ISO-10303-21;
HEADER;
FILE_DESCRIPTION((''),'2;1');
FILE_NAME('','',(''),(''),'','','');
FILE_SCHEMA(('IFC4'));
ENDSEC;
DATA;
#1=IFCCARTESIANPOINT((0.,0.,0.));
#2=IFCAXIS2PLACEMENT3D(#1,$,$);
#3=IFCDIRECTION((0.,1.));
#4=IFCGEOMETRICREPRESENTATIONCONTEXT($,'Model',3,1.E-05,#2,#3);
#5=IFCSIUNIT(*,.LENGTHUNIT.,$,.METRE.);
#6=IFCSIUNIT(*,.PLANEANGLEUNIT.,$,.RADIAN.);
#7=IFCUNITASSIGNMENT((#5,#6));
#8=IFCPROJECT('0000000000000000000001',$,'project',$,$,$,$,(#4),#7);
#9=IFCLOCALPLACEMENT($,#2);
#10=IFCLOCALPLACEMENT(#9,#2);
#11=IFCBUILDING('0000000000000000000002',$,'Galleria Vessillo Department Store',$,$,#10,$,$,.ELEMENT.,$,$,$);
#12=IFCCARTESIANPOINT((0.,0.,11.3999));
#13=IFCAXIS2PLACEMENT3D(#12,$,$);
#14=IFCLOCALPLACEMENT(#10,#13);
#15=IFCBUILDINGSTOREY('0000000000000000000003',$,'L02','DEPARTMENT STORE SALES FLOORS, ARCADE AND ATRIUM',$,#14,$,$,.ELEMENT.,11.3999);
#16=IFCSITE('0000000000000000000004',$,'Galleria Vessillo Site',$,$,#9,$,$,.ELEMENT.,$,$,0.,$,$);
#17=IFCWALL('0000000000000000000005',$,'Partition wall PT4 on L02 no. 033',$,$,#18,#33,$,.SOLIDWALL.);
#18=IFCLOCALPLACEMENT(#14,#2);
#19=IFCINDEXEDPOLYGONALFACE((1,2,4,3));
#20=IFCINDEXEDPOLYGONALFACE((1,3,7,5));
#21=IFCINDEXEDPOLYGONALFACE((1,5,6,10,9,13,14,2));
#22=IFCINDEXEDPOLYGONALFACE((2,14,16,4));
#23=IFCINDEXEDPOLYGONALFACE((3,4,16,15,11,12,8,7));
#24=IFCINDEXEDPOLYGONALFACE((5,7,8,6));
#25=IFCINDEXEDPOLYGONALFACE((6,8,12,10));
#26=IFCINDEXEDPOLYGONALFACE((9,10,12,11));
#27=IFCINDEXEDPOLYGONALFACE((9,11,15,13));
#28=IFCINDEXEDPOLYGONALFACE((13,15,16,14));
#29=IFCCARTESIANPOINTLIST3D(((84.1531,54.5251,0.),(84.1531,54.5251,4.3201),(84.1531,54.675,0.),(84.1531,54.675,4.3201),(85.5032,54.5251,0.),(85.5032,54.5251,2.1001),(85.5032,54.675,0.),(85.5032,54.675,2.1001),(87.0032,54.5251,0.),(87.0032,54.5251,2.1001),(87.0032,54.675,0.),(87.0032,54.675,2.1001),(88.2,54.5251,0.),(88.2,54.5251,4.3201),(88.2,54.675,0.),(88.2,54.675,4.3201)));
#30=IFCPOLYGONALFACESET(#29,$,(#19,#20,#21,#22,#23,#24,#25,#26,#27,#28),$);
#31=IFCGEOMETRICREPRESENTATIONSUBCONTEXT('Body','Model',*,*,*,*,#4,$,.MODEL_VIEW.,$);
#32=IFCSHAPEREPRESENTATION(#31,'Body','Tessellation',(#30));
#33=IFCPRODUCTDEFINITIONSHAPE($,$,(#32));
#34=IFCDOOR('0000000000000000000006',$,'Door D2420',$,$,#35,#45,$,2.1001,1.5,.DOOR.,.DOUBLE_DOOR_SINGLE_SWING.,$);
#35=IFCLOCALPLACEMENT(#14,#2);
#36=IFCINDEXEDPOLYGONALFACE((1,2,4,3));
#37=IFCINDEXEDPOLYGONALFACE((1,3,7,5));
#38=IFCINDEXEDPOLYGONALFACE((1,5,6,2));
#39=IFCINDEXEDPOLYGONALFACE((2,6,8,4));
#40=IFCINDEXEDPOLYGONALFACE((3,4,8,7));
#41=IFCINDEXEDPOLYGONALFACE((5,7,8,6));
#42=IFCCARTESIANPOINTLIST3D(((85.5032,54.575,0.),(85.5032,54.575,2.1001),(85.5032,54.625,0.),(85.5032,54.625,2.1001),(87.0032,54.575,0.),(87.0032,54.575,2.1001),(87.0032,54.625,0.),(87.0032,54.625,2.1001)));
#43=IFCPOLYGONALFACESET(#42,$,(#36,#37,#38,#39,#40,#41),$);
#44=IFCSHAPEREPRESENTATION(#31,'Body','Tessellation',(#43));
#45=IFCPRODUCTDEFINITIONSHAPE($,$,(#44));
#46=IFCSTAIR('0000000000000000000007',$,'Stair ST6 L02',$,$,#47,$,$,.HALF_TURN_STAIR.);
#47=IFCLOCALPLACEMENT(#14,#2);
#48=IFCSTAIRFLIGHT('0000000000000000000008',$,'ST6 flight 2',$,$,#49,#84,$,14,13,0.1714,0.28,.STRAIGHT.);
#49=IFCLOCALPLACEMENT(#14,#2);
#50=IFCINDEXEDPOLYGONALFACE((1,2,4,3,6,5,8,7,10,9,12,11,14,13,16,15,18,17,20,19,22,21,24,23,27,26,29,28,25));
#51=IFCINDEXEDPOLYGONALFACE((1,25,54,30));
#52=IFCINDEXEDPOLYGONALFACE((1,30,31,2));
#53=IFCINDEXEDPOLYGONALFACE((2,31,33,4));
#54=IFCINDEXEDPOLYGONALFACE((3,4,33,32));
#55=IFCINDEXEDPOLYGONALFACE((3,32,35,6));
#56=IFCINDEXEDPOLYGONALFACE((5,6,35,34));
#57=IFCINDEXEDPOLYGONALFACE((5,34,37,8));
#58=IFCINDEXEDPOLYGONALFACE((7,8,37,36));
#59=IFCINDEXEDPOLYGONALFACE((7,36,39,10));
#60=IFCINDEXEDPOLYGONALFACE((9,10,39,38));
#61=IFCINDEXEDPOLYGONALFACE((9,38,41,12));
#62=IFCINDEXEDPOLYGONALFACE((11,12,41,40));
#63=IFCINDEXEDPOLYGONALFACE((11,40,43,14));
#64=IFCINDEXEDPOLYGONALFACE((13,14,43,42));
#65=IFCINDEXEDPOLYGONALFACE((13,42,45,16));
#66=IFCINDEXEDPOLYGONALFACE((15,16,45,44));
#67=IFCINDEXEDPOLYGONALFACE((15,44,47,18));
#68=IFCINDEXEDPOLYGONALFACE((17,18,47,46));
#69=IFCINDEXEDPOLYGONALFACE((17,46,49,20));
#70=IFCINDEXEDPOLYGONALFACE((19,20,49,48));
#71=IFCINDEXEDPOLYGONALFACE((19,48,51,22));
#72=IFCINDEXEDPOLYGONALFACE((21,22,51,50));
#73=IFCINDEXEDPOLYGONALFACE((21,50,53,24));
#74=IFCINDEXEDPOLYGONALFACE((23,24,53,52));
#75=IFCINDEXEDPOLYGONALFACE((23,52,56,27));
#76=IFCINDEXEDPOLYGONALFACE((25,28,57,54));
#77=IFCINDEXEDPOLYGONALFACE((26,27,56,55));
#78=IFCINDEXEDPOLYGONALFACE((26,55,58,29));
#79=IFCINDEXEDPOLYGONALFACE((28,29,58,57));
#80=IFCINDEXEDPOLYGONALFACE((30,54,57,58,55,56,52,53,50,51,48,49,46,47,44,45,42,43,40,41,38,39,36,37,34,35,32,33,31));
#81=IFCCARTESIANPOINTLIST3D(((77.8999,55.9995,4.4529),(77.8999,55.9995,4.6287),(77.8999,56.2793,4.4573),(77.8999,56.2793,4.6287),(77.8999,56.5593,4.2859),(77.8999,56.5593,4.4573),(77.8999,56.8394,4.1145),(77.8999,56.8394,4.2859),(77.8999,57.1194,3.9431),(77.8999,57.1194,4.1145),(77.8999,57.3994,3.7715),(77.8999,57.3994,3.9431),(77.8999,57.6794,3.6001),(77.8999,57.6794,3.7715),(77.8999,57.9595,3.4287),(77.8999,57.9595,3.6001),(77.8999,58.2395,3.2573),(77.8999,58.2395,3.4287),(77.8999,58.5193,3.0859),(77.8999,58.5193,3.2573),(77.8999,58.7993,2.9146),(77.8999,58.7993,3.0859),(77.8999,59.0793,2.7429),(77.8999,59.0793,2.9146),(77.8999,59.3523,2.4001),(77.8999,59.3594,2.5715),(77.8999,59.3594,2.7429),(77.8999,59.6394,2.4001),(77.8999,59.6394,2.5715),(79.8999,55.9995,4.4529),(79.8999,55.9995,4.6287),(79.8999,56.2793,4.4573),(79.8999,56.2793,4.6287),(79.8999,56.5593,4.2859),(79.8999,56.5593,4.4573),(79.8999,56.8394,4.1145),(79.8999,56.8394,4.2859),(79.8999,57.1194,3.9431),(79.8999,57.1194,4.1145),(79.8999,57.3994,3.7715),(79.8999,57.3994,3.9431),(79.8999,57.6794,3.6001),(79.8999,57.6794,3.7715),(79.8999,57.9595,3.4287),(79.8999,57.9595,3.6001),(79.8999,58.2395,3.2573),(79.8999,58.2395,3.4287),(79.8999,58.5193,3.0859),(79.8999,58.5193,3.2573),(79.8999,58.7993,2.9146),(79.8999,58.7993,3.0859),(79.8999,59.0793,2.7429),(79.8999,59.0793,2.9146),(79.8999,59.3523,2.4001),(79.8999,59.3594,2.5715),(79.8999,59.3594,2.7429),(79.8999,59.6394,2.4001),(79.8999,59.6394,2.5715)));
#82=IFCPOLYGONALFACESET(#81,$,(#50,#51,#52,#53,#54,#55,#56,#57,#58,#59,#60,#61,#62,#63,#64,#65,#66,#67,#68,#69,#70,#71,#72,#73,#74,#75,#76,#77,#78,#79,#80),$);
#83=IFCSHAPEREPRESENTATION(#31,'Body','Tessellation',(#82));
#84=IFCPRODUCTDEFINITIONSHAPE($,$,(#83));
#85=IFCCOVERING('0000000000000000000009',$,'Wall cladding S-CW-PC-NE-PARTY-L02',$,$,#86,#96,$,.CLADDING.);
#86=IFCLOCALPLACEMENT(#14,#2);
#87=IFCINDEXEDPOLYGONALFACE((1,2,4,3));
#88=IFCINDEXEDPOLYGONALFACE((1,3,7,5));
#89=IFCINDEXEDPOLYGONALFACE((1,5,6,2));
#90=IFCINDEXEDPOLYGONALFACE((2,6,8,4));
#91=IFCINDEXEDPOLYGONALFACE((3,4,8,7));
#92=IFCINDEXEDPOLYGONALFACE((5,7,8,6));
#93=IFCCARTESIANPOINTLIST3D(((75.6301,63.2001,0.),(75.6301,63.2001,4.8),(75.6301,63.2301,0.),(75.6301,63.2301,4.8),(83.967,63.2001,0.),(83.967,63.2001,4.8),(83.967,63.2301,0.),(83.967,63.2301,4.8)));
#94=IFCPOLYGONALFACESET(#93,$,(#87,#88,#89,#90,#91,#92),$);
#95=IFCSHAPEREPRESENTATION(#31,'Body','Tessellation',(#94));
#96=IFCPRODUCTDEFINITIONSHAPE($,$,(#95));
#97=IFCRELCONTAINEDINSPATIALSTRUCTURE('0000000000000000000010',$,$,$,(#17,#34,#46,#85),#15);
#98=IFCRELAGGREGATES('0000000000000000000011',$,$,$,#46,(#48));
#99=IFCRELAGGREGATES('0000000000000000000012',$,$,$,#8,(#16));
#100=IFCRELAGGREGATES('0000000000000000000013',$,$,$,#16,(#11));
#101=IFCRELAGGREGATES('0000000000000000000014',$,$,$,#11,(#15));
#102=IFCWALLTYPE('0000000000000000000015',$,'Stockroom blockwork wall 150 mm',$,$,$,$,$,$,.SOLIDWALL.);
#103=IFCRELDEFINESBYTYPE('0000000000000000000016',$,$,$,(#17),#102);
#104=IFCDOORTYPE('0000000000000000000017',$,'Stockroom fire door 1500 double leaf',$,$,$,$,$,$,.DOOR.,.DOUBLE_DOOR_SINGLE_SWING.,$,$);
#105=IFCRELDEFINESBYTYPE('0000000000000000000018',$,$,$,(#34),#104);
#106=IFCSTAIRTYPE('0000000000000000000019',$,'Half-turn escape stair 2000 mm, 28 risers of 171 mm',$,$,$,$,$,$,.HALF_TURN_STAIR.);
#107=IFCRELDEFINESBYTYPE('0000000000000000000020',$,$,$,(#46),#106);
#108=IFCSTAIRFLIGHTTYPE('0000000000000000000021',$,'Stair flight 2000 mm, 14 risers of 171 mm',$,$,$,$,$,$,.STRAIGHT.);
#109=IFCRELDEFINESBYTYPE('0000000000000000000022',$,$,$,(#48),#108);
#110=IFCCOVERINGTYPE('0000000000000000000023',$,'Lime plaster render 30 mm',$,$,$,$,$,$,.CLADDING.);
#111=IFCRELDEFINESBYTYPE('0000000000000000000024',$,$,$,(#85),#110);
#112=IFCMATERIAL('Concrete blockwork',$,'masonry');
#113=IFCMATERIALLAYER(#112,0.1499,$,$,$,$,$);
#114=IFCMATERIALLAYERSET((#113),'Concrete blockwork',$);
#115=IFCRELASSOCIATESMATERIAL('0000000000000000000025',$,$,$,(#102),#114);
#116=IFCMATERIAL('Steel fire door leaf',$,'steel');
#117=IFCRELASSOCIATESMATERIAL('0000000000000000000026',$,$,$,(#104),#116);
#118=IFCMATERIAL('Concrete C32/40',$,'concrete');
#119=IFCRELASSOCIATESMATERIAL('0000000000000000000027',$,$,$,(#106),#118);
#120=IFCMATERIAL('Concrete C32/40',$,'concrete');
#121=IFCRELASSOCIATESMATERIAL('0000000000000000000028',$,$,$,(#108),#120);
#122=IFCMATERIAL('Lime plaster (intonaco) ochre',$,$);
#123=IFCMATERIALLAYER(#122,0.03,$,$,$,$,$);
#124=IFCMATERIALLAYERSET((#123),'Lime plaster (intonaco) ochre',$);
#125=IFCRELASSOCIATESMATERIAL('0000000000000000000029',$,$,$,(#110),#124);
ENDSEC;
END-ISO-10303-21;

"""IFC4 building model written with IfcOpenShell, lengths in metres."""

from ifc_helpers import new_model, si_unit, direction, frame, frame_2d, origin, origin_2d, place, context, subcontext, project, spatial, polyline, rectangle, outline, extrude, material, layer, layer_set, type_object, element, fill, aggregate, save


model = new_model("IFC4")

# Units and contexts
model_context = context("Model", 3, precision=1e-05, world=origin(), true_north=direction((0.0, 1.0)))
body_context = subcontext(model_context, "Body", "Model", "MODEL_VIEW")
ifc_project = project(units=[si_unit("LENGTHUNIT", "METRE"), si_unit("PLANEANGLEUNIT", "RADIAN")], contexts=[model_context])

# Site, building, storey
site_placement = place(None, origin())
site = spatial("IfcSite", under=ifc_project, at=site_placement, Name="Galleria Vessillo Site", CompositionType="ELEMENT", RefElevation=0.0)
building_placement = place(site_placement, origin())
building = spatial("IfcBuilding", under=site, at=building_placement, Name="Galleria Vessillo Department Store", CompositionType="ELEMENT")
storey_placement = place(building_placement, frame((0.0, 0.0, 11.3999)))
storey = spatial("IfcBuildingStorey", under=building, at=storey_placement, Name="L02", Description="DEPARTMENT STORE SALES FLOORS, ARCADE AND ATRIUM", CompositionType="ELEMENT", Elevation=11.3999)

# Wall, opening, door
ifc_material_1 = material(Name="Concrete blockwork", Category="masonry")
ifc_layer_1 = layer(ifc_material_1, 0.1499)
ifc_layer_set_1 = layer_set([ifc_layer_1], Name="Concrete blockwork")
wall_type_1 = type_object("IfcWallType", Name="Stockroom blockwork wall 150 mm", PredefinedType="SOLIDWALL", material=ifc_layer_set_1)
wall_1_placement = place(storey_placement, frame((84.1531, 54.6001, 0.0), z_axis=(0.0, 0.0, 1.0), x_axis=(1.0, 0.0, 0.0)))
wall_1 = element("IfcWall", 1, at=wall_1_placement, inside=storey, type_object=wall_type_1, Name="Partition wall PT4 on L02 no. 033", PredefinedType="SOLIDWALL", context=body_context, shape_type="SweptSolid", body=[
    extrude(rectangle(XDim=4.0469, YDim=0.1499, at=frame_2d((2.0234, 0.0))), origin(), (0.0, 0.0, 1.0), 4.3201),
])
opening_1_placement = place(wall_1_placement, frame((1.3501, 0.0, 0.0)))
opening_1 = element("IfcOpeningElement", 2, at=opening_1_placement, cuts=wall_1, PredefinedType="OPENING", context=body_context, shape_type="SweptSolid", body=[
    extrude(rectangle(XDim=1.5, YDim=2.1001, at=frame_2d((0.75, 1.05))), frame((0.0, 0.085, 0.0), z_axis=(0.0, -1.0, 0.0), x_axis=(1.0, 0.0, 0.0)), (0.0, 0.0, 1.0), 0.1699),
])
ifc_material_2 = material(Name="Steel fire door leaf", Category="steel")
door_type_1 = type_object("IfcDoorType", Name="Stockroom fire door 1500 double leaf", OperationType="DOUBLE_DOOR_SINGLE_SWING", PredefinedType="DOOR", material=ifc_material_2)
door_1_placement = place(opening_1_placement, origin())
door_1 = element("IfcDoor", 3, at=door_1_placement, inside=storey, type_object=door_type_1, Name="Door D2420", OperationType="DOUBLE_DOOR_SINGLE_SWING", OverallHeight=2.1001, OverallWidth=1.5, PredefinedType="DOOR", context=body_context, shape_type="SweptSolid", body=[
    extrude(rectangle(XDim=1.5, YDim=2.1001, at=frame_2d((0.75, 1.05))), frame((0.0, 0.0249, 0.0), z_axis=(0.0, -1.0, 0.0), x_axis=(1.0, 0.0, 0.0)), (0.0, 0.0, 1.0), 0.05),
])
fill(opening_1, door_1)

# Stair, stair flight
ifc_material_3 = material(Name="Concrete C32/40", Category="concrete")
stair_type = type_object("IfcStairType", Name="Half-turn escape stair 2000 mm, 28 risers of 171 mm", PredefinedType="HALF_TURN_STAIR", material=ifc_material_3)
stair_placement = place(storey_placement, origin())
stair = element("IfcStair", 4, at=stair_placement, inside=storey, type_object=stair_type, Name="Stair ST6 L02", PredefinedType="HALF_TURN_STAIR")
ifc_material_4 = material(Name="Concrete C32/40", Category="concrete")
stair_flight_type = type_object("IfcStairFlightType", Name="Stair flight 2000 mm, 14 risers of 171 mm", PredefinedType="STRAIGHT", material=ifc_material_4)
stair_flight_placement = place(storey_placement, frame((78.8999, 59.6394, 2.4001), z_axis=(0.0, 0.0, 1.0), x_axis=(0.0, -1.0, 0.0)))
stair_flight = element("IfcStairFlight", 5, at=stair_flight_placement, type_object=stair_flight_type, Name="ST6 flight 2", NumberOfRisers=14, NumberOfTreads=13, PredefinedType="STRAIGHT", RiserHeight=0.1714, TreadLength=0.28, context=body_context, shape_type="SweptSolid", body=[
    extrude(outline(polyline([(0.0, 0.0), (0.0, 0.1714), (0.28, 0.1714), (0.28, 0.3428), (0.5601, 0.3428), (0.5601, 0.5144), (0.8401, 0.5144), (0.8401, 0.6858), (1.1201, 0.6858), (1.1201, 0.8572), (1.3999, 0.8572), (1.3999, 1.0286), (1.6799, 1.0286), (1.6799, 1.2), (1.96, 1.2), (1.96, 1.3713), (2.24, 1.3713), (2.24, 1.543), (2.52, 1.543), (2.52, 1.7144), (2.8, 1.7144), (2.8, 1.8857), (3.0801, 1.8857), (3.0801, 2.0571), (3.3601, 2.0571), (3.3601, 2.2285), (3.6399, 2.2285), (3.6399, 2.3999), (3.6399, 2.0527), (0.2871, 0.0), (0.0, 0.0)])), frame((0.0, 1.0, 0.0), z_axis=(0.0, -1.0, 0.0), x_axis=(1.0, 0.0, 0.0)), (0.0, 0.0, 1.0), 2.0),
])
aggregate(stair, [stair_flight])

# Covering
ifc_material_5 = material(Name="Lime plaster (intonaco) ochre")
ifc_layer_2 = layer(ifc_material_5, 0.03)
ifc_layer_set_2 = layer_set([ifc_layer_2], Name="Lime plaster (intonaco) ochre")
covering_type = type_object("IfcCoveringType", Name="Lime plaster render 30 mm", PredefinedType="CLADDING", material=ifc_layer_set_2)
covering_placement = place(storey_placement, frame((79.7986, 63.2151, 0.0), z_axis=(0.0, 0.0, 1.0), x_axis=(1.0, 0.0, 0.0)))
element("IfcCovering", 6, at=covering_placement, inside=storey, type_object=covering_type, Name="Wall cladding S-CW-PC-NE-PARTY-L02", PredefinedType="CLADDING", context=body_context, shape_type="SweptSolid", body=[
    extrude(rectangle(XDim=8.3369, YDim=0.03, at=origin_2d()), origin(), (0.0, 0.0, 1.0), 4.8),
])

save(model, "model.ifc")
